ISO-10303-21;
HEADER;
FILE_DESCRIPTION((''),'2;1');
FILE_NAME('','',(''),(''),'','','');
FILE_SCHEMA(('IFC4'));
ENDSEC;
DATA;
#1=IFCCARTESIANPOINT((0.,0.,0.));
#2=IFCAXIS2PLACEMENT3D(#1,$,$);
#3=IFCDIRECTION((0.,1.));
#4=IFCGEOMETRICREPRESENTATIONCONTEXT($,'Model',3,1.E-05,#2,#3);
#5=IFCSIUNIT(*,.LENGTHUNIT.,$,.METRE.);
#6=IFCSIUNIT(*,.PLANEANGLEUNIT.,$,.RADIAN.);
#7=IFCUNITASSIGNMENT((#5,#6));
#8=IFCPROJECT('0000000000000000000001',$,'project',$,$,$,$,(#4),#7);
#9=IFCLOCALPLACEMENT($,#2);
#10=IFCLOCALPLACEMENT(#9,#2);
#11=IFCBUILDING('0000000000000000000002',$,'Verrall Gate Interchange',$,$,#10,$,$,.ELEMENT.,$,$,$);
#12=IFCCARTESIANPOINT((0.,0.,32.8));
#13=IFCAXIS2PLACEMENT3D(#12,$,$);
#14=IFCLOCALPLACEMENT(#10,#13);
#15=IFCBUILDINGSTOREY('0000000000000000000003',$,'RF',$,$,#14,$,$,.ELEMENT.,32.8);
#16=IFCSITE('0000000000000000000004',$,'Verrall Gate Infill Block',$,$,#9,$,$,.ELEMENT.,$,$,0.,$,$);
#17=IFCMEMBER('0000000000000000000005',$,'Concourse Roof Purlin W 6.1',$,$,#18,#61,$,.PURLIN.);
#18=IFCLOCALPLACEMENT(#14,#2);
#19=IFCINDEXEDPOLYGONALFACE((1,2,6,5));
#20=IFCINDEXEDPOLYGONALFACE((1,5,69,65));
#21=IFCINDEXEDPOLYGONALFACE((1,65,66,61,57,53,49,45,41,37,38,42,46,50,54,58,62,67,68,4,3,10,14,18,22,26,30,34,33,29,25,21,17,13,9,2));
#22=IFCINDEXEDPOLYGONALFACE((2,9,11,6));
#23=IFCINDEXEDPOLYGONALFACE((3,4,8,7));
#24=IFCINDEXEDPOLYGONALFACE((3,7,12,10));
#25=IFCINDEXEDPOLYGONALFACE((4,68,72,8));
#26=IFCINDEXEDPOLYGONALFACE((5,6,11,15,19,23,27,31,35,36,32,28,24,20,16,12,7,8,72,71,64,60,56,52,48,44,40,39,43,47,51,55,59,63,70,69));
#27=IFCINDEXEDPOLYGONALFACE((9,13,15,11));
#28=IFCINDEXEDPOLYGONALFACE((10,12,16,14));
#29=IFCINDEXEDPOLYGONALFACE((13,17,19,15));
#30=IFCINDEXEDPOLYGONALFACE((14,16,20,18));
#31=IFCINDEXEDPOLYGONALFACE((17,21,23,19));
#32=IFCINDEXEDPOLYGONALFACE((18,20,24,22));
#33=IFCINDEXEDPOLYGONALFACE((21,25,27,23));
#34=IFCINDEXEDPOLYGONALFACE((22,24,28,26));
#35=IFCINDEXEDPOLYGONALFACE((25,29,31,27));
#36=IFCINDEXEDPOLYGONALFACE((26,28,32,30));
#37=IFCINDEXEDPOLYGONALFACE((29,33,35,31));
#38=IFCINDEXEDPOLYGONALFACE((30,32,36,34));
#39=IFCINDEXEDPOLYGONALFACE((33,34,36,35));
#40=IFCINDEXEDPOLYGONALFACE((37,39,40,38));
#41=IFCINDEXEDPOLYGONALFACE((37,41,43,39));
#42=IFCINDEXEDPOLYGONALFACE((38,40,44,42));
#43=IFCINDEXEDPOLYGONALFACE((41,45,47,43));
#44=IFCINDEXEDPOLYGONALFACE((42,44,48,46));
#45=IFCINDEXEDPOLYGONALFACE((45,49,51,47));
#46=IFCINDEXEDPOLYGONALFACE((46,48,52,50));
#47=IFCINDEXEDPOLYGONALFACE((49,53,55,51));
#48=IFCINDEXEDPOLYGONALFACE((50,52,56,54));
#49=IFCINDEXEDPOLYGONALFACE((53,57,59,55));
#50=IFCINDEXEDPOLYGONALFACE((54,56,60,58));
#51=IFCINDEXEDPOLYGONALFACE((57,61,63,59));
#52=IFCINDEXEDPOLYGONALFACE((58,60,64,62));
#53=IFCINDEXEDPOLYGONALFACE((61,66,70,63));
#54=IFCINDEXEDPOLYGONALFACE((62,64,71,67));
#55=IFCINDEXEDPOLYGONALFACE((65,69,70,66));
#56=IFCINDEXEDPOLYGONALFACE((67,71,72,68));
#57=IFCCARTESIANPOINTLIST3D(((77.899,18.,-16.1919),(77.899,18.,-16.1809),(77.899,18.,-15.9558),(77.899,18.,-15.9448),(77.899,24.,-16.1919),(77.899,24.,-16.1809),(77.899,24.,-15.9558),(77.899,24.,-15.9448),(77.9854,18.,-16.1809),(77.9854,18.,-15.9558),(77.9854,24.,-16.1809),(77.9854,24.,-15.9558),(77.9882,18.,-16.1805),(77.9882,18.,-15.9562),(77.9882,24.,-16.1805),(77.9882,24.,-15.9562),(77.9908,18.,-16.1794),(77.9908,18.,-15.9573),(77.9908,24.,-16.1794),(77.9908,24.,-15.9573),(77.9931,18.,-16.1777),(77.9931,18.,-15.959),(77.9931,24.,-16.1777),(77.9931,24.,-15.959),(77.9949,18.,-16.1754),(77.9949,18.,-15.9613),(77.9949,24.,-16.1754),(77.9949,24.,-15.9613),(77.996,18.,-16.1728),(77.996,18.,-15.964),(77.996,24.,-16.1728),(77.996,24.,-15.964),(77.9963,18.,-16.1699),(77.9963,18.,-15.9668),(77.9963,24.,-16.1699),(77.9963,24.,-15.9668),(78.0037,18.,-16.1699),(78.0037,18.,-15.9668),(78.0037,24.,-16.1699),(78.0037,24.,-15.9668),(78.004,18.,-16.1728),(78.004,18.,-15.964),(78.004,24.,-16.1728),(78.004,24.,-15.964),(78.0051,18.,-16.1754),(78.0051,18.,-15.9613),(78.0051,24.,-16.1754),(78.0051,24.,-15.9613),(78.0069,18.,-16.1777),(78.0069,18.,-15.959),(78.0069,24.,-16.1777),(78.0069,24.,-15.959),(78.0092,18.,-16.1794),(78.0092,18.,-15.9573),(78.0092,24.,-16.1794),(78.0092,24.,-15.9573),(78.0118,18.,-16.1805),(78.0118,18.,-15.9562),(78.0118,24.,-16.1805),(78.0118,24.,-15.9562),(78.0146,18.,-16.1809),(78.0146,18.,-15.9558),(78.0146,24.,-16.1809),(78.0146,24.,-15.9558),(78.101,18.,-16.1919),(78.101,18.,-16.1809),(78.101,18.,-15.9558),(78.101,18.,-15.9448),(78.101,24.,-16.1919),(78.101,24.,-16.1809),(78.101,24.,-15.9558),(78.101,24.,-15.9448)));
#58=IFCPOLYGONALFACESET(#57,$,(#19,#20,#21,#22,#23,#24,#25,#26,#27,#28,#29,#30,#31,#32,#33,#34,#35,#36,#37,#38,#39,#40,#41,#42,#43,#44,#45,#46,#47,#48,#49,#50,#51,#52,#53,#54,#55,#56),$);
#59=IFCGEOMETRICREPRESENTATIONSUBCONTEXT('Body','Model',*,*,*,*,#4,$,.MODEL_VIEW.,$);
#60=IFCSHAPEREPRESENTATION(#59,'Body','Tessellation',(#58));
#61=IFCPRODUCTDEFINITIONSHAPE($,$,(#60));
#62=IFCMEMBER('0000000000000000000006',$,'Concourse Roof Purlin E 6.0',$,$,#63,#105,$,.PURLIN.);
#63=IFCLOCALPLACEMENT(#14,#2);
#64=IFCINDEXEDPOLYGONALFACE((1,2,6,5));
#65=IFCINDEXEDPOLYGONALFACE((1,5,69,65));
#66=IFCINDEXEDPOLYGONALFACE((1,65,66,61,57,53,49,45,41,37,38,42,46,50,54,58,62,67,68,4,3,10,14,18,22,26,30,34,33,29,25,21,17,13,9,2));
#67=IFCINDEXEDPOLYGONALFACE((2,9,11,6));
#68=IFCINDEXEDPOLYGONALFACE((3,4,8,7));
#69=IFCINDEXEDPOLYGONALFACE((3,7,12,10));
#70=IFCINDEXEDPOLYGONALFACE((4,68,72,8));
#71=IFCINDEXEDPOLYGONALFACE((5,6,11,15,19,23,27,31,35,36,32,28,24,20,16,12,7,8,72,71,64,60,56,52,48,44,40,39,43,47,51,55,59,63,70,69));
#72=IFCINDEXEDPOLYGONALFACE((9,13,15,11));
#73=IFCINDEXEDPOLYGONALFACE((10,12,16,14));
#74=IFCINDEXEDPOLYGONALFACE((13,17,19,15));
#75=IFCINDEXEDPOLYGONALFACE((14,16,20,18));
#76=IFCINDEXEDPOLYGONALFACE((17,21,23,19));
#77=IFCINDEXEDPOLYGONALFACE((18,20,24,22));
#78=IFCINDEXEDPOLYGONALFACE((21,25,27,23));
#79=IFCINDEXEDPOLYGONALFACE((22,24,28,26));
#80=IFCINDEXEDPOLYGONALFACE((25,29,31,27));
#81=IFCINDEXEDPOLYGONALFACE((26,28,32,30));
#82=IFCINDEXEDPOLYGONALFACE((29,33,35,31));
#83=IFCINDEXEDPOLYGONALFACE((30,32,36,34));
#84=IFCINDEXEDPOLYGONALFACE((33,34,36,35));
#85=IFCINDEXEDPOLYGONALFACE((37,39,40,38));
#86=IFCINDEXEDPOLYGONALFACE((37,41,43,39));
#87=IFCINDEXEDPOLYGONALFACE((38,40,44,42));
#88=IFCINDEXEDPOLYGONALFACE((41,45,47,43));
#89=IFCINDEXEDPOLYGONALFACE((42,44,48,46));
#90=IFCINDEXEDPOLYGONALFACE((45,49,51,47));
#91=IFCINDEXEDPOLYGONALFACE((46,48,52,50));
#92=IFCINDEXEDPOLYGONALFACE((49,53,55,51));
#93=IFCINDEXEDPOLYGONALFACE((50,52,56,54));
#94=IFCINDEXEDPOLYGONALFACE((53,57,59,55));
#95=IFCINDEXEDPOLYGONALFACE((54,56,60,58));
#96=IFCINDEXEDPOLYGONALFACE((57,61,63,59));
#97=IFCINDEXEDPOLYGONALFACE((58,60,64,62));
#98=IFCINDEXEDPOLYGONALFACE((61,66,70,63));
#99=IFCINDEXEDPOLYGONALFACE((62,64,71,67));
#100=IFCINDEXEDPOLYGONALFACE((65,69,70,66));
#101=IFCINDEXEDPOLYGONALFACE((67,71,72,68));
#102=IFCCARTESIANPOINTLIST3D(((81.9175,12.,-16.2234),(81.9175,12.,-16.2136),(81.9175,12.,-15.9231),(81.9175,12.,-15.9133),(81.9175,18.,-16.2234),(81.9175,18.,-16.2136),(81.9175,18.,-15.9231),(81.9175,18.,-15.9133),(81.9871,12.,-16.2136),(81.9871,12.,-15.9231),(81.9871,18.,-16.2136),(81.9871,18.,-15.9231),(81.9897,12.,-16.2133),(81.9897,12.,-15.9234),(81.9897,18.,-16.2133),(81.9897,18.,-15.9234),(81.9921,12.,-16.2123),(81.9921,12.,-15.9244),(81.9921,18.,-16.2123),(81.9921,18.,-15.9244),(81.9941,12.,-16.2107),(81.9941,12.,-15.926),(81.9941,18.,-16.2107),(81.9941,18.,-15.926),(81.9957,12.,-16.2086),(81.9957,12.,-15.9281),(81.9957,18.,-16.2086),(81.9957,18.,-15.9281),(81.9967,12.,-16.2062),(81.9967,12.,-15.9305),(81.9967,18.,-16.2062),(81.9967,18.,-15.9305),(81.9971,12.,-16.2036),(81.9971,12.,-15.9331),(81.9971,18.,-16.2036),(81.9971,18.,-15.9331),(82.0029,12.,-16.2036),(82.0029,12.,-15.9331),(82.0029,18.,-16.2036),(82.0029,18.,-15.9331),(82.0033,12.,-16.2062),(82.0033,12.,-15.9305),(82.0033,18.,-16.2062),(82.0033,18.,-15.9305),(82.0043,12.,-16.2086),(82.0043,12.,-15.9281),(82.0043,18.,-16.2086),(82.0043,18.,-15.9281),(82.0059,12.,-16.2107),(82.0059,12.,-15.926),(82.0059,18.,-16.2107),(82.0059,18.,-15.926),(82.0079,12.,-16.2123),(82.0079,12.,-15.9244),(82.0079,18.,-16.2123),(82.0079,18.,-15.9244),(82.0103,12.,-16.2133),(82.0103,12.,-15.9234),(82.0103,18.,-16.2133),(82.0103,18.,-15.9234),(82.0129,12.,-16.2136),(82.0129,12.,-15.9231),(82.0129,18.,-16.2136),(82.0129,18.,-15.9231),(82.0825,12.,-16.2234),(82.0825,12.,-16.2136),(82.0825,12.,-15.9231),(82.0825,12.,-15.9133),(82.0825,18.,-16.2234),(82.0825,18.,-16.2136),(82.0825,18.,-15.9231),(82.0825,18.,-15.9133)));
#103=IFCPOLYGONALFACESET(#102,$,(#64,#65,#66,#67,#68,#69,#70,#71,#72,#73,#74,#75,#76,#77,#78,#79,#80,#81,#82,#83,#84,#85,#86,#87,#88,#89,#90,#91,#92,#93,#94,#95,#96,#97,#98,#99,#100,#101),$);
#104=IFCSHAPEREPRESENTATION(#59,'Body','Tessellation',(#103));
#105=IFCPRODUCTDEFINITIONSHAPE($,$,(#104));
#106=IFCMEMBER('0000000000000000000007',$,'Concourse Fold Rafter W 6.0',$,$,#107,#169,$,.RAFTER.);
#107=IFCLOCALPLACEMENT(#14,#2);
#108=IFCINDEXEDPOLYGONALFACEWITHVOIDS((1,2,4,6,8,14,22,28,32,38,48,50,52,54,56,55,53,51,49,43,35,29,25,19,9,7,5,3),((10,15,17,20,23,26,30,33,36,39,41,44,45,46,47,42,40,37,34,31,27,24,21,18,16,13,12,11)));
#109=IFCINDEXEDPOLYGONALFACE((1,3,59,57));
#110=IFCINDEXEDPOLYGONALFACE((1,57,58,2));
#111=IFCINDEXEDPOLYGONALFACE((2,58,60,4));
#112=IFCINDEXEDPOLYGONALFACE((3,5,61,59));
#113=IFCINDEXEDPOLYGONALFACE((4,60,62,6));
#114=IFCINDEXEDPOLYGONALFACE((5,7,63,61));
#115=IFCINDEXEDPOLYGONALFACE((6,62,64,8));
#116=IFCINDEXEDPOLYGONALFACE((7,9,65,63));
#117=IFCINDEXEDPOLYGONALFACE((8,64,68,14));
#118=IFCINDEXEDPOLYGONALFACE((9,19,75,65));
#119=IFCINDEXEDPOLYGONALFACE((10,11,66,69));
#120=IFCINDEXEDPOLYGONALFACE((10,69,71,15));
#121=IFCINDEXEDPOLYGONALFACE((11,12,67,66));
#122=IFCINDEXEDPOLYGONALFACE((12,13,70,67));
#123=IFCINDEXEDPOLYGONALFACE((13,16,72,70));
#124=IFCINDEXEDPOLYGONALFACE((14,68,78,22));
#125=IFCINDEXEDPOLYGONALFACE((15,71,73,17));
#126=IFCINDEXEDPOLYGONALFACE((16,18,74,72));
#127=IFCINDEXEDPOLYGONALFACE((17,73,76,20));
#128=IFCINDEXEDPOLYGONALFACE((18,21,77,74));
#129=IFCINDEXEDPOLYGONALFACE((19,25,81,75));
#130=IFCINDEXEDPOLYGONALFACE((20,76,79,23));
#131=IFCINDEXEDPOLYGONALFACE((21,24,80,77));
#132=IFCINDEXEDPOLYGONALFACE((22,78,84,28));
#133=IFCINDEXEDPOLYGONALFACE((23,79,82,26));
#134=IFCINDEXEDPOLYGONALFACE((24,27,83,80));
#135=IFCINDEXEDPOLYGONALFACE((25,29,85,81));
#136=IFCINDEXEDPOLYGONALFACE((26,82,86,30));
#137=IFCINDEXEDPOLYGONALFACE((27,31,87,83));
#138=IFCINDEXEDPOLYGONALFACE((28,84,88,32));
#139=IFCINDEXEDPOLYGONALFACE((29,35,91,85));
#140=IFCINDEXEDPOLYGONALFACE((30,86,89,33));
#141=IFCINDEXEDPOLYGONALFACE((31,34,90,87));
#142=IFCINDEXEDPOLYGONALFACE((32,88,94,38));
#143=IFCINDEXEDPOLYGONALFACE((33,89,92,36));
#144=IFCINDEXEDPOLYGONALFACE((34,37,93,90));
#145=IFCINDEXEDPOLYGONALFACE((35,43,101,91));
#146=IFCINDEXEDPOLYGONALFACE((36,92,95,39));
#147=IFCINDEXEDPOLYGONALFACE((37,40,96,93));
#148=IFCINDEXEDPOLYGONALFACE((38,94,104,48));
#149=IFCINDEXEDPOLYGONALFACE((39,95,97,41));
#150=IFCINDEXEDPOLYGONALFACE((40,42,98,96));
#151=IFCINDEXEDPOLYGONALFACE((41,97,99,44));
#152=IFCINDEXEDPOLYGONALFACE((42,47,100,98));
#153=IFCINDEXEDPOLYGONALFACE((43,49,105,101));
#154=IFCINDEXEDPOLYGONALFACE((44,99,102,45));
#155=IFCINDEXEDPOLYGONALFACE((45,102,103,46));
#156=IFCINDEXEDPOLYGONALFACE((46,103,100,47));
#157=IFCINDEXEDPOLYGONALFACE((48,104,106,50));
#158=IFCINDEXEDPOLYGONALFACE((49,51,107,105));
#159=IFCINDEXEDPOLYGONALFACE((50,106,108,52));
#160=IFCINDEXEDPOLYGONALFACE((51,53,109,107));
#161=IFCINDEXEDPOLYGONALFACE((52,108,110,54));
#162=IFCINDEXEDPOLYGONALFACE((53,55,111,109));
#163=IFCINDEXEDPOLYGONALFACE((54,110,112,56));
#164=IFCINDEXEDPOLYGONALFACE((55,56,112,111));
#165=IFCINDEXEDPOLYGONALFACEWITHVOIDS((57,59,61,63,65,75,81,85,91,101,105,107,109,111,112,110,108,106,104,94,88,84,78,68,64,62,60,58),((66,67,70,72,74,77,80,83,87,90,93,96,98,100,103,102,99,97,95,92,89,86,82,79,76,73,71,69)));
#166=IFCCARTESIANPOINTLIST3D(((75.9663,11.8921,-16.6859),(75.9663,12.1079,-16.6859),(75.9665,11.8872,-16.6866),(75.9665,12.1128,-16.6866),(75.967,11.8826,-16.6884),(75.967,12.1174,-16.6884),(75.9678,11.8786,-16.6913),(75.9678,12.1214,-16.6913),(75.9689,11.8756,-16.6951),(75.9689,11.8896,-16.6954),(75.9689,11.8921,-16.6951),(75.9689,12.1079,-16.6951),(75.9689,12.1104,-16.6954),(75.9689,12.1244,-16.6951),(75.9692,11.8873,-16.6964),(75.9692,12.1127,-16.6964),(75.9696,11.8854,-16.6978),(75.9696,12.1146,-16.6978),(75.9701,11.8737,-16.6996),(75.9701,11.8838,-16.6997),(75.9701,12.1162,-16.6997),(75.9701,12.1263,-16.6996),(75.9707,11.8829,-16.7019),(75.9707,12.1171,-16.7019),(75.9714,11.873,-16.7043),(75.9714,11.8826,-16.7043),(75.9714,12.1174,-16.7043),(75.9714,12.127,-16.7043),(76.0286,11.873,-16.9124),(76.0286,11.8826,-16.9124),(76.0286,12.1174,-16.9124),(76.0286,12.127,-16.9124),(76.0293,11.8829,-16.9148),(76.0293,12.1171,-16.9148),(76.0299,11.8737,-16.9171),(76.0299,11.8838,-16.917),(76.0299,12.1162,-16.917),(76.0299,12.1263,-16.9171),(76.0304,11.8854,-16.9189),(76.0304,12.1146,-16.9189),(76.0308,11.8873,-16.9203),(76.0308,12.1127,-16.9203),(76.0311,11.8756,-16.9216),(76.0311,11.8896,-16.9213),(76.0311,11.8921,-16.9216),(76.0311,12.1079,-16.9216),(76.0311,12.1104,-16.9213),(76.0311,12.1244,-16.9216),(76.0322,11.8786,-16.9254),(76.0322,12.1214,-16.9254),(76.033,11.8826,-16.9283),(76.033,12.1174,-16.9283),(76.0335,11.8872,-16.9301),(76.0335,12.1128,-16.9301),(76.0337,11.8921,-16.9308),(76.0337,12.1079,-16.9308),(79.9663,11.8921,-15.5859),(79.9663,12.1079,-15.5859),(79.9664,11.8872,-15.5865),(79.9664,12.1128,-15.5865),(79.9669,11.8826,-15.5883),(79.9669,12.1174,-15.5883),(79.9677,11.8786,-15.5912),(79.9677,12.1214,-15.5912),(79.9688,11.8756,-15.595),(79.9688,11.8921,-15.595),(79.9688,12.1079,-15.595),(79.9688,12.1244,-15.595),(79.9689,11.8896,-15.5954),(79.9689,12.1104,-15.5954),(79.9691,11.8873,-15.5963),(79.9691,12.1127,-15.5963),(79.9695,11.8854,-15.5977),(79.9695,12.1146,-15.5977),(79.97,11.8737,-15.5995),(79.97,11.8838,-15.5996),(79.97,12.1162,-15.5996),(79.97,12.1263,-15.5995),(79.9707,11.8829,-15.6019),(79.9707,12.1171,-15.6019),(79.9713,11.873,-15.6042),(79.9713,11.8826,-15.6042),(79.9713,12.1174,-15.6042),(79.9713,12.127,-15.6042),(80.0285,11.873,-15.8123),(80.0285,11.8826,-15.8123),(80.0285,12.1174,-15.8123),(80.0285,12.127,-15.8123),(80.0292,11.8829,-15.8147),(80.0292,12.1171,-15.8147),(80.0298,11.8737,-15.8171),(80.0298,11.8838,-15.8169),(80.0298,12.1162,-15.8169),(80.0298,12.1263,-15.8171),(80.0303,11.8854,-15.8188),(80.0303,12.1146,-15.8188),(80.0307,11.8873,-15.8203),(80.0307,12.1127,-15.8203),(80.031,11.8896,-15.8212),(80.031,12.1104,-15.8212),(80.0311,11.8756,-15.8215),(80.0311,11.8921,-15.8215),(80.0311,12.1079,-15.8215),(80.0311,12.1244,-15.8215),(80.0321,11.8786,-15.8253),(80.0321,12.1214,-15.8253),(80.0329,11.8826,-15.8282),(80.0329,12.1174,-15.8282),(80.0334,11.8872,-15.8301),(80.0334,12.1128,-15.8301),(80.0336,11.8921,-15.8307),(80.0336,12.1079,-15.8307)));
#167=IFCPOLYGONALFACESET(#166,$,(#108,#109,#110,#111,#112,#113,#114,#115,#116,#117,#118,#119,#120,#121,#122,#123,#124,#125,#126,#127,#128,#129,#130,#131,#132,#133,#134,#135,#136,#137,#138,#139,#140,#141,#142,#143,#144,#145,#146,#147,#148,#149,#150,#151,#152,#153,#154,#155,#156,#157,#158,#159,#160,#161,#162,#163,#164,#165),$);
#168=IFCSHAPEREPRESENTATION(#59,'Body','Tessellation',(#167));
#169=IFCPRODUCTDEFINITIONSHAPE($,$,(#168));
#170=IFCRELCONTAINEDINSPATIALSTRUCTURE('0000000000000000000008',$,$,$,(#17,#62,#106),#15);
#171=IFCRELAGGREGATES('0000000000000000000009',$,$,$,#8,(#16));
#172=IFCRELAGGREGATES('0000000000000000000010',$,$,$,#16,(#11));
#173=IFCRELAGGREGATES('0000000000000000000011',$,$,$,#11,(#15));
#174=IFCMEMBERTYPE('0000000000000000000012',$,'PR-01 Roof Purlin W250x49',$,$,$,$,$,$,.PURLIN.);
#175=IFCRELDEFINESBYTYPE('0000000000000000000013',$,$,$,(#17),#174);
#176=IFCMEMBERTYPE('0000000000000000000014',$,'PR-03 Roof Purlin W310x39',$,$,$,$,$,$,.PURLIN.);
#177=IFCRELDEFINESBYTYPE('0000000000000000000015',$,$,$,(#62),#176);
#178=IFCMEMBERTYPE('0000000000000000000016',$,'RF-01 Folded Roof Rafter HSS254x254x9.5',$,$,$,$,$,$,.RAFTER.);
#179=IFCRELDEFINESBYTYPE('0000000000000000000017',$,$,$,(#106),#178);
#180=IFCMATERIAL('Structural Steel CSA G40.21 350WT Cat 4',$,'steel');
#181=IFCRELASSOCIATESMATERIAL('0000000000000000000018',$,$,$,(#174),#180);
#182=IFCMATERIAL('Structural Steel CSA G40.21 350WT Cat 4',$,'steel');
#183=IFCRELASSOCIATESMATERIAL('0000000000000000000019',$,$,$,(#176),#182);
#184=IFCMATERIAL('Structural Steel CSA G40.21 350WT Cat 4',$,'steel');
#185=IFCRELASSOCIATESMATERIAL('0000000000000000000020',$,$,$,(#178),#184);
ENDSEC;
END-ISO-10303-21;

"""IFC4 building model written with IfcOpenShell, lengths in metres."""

from ifc_helpers import new_model, si_unit, direction, frame, origin, origin_2d, place, context, subcontext, project, spatial, hollow_rectangle, i_section, extrude, material, material_profile, profile_set, type_object, element, save


model = new_model("IFC4")

# Units and contexts
model_context = context("Model", 3, precision=1e-05, world=origin(), true_north=direction((0.0, 1.0)))
body_context = subcontext(model_context, "Body", "Model", "MODEL_VIEW")
ifc_project = project(units=[si_unit("LENGTHUNIT", "METRE"), si_unit("PLANEANGLEUNIT", "RADIAN")], contexts=[model_context])

# Site, building, storey
site_placement = place(None, origin())
site = spatial("IfcSite", under=ifc_project, at=site_placement, Name="Verrall Gate Infill Block", CompositionType="ELEMENT", RefElevation=0.0)
building_placement = place(site_placement, origin())
building = spatial("IfcBuilding", under=site, at=building_placement, Name="Verrall Gate Interchange", CompositionType="ELEMENT")
storey_placement = place(building_placement, frame((0.0, 0.0, 32.8)))
storey = spatial("IfcBuildingStorey", under=building, at=storey_placement, Name="RF", CompositionType="ELEMENT", Elevation=32.8)

# Members
ifc_material_1 = material(Name="Structural Steel CSA G40.21 350WT Cat 4", Category="steel")
ifc_material_profile_1 = material_profile(ifc_material_1, i_section(OverallWidth=0.2019, OverallDepth=0.2471, WebThickness=0.0073, FlangeThickness=0.011, FilletRadius=0.011, at=origin_2d()), Name="W250x49")
ifc_profile_set_1 = profile_set([ifc_material_profile_1], Name="Structural Steel CSA G40.21 350WT Cat 4")
member_type_1 = type_object("IfcMemberType", Name="PR-01 Roof Purlin W250x49", PredefinedType="PURLIN", material=ifc_profile_set_1)
for number, where, z_axis, x_axis, name in (
    (1, (78.0, 18.0, -16.0684), (0.0, 1.0, 0.0), (-1.0, 0.0, 0.0), "Concourse Roof Purlin W 6.1"),
):
    element("IfcMember", number, at=place(storey_placement, frame(where, z_axis=z_axis, x_axis=x_axis)), inside=storey, type_object=member_type_1, Name=name, PredefinedType="PURLIN", context=body_context, shape_type="SweptSolid", body=[
        extrude(i_section(OverallWidth=0.2019, OverallDepth=0.2471, WebThickness=0.0073, FlangeThickness=0.011, FilletRadius=0.011, at=origin_2d()), origin(), (0.0, 0.0, 1.0), 6.0),
    ])
ifc_material_2 = material(Name="Structural Steel CSA G40.21 350WT Cat 4", Category="steel")
ifc_material_profile_2 = material_profile(ifc_material_2, i_section(OverallWidth=0.165, OverallDepth=0.3101, WebThickness=0.0059, FlangeThickness=0.0098, FilletRadius=0.01, at=origin_2d()), Name="W310x39")
ifc_profile_set_2 = profile_set([ifc_material_profile_2], Name="Structural Steel CSA G40.21 350WT Cat 4")
member_type_2 = type_object("IfcMemberType", Name="PR-03 Roof Purlin W310x39", PredefinedType="PURLIN", material=ifc_profile_set_2)
member_1_placement = place(storey_placement, frame((82.0, 12.0, -16.0684), z_axis=(0.0, 1.0, 0.0), x_axis=(-1.0, 0.0, 0.0)))
element("IfcMember", 2, at=member_1_placement, inside=storey, type_object=member_type_2, Name="Concourse Roof Purlin E 6.0", PredefinedType="PURLIN", context=body_context, shape_type="SweptSolid", body=[
    extrude(i_section(OverallWidth=0.165, OverallDepth=0.3101, WebThickness=0.0059, FlangeThickness=0.0098, FilletRadius=0.01, at=origin_2d()), origin(), (0.0, 0.0, 1.0), 6.0),
])
ifc_material_3 = material(Name="Structural Steel CSA G40.21 350WT Cat 4", Category="steel")
ifc_material_profile_3 = material_profile(ifc_material_3, hollow_rectangle(XDim=0.2539, YDim=0.2539, WallThickness=0.0095, InnerFilletRadius=0.0095, OuterFilletRadius=0.019, at=origin_2d()), Name="HSS254x254x9.5")
ifc_profile_set_3 = profile_set([ifc_material_profile_3], Name="Structural Steel CSA G40.21 350WT Cat 4")
member_type_3 = type_object("IfcMemberType", Name="RF-01 Folded Roof Rafter HSS254x254x9.5", PredefinedType="RAFTER", material=ifc_profile_set_3)
for number, where, z_axis, x_axis, name in (
    (3, (76.0, 12.0, -16.8083), (0.964199, 0.0, 0.265178), (0.0, 1.0, 0.0), "Concourse Fold Rafter W 6.0"),
):
    element("IfcMember", number, at=place(storey_placement, frame(where, z_axis=z_axis, x_axis=x_axis)), inside=storey, type_object=member_type_3, Name=name, PredefinedType="RAFTER", context=body_context, shape_type="SweptSolid", body=[
        extrude(hollow_rectangle(XDim=0.2539, YDim=0.2539, WallThickness=0.0095, InnerFilletRadius=0.0095, OuterFilletRadius=0.019, at=origin_2d()), origin(), (0.0, 0.0, 1.0), 4.1484),
    ])

save(model, "model.ifc")
